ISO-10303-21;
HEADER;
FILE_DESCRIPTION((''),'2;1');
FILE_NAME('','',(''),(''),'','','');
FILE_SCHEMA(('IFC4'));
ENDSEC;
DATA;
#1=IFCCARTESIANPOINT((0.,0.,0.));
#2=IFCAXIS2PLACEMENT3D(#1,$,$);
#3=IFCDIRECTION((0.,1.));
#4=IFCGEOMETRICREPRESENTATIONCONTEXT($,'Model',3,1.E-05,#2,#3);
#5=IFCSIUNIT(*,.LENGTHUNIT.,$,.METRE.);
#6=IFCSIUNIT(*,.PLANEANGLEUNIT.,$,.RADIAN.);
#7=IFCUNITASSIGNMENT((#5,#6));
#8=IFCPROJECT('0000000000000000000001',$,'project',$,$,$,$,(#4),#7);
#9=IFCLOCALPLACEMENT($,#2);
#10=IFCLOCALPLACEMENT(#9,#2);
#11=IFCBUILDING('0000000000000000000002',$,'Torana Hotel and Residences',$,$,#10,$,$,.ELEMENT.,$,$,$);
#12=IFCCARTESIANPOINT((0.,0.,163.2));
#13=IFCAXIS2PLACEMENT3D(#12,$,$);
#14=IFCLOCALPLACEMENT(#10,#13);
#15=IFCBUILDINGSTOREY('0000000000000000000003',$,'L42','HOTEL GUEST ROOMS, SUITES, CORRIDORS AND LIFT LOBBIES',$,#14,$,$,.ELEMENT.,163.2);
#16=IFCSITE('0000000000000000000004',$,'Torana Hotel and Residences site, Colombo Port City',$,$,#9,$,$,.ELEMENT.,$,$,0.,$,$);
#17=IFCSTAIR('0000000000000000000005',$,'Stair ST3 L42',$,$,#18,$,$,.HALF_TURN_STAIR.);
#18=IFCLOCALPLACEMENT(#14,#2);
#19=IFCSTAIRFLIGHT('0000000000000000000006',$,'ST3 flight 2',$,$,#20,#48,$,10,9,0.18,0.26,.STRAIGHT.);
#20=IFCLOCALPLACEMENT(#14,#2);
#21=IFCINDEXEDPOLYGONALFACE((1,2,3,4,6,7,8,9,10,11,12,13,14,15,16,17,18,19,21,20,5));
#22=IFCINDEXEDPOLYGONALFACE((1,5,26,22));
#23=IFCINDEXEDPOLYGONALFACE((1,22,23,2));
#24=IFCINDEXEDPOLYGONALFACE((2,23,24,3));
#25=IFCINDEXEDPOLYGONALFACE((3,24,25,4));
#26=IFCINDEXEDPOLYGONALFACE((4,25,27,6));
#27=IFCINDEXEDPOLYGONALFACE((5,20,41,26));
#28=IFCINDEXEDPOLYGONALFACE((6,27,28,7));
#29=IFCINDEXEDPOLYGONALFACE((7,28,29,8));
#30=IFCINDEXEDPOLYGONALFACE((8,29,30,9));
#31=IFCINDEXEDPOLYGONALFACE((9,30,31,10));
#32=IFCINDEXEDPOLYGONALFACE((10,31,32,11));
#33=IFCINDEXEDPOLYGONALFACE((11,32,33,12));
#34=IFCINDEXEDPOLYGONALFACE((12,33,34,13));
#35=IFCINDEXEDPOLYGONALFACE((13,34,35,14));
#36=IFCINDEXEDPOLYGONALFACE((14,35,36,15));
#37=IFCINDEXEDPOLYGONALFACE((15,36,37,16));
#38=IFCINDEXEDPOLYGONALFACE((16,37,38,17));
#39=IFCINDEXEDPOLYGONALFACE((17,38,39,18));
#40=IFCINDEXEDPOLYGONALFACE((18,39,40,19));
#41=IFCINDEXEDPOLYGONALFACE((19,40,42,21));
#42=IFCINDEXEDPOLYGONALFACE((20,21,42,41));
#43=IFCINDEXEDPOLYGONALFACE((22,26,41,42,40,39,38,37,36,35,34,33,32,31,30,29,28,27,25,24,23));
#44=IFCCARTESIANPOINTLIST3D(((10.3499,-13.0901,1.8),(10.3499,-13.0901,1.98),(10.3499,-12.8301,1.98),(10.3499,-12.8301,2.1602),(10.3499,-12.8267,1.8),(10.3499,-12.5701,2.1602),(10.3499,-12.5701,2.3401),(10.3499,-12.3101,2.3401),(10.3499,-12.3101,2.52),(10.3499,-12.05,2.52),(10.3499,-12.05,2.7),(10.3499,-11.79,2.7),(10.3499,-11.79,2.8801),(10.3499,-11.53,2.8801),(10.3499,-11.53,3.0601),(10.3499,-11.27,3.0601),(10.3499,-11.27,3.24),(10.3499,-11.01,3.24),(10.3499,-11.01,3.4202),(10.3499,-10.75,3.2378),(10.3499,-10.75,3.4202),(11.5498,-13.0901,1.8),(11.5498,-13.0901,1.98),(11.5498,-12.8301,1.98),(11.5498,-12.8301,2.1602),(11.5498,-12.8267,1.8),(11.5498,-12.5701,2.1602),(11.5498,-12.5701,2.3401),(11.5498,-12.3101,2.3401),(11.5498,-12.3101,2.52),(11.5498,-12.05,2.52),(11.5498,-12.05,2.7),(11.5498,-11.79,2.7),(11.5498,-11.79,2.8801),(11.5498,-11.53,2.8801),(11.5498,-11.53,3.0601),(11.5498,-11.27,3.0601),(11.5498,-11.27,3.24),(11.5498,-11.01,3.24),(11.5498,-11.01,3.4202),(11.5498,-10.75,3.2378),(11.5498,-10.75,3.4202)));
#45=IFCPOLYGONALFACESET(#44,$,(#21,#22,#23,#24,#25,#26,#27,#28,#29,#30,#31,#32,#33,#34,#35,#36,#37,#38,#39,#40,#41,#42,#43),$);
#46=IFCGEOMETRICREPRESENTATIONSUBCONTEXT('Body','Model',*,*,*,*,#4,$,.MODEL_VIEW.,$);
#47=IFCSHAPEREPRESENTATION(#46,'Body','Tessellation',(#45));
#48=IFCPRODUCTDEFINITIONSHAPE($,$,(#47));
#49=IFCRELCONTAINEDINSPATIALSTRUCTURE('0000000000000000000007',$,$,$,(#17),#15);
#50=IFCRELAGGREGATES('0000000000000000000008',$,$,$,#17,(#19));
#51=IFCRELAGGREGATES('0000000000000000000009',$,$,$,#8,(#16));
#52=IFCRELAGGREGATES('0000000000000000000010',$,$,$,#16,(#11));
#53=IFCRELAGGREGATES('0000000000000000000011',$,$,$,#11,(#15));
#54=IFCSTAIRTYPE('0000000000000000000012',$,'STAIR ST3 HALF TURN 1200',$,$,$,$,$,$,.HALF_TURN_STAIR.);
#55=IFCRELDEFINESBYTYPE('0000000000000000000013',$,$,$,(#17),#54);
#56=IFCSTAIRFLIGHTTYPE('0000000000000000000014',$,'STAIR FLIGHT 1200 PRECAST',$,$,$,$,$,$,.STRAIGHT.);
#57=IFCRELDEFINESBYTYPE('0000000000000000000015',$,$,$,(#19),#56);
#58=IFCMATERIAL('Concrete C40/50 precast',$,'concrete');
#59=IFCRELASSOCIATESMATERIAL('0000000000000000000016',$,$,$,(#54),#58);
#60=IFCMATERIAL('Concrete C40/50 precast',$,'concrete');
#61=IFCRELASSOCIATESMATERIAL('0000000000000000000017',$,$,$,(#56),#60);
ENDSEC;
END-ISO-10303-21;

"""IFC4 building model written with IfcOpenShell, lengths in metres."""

from ifc_helpers import new_model, si_unit, direction, frame, origin, place, context, subcontext, project, spatial, polyline, outline, extrude, material, type_object, element, aggregate, save


model = new_model("IFC4")

# Units and contexts
model_context = context("Model", 3, precision=1e-05, world=origin(), true_north=direction((0.0, 1.0)))
body_context = subcontext(model_context, "Body", "Model", "MODEL_VIEW")
ifc_project = project(units=[si_unit("LENGTHUNIT", "METRE"), si_unit("PLANEANGLEUNIT", "RADIAN")], contexts=[model_context])

# Site, building, storey
site_placement = place(None, origin())
site = spatial("IfcSite", under=ifc_project, at=site_placement, Name="Torana Hotel and Residences site, Colombo Port City", CompositionType="ELEMENT", RefElevation=0.0)
building_placement = place(site_placement, origin())
building = spatial("IfcBuilding", under=site, at=building_placement, Name="Torana Hotel and Residences", CompositionType="ELEMENT")
storey_placement = place(building_placement, frame((0.0, 0.0, 163.2)))
storey = spatial("IfcBuildingStorey", under=building, at=storey_placement, Name="L42", Description="HOTEL GUEST ROOMS, SUITES, CORRIDORS AND LIFT LOBBIES", CompositionType="ELEMENT", Elevation=163.2)

# Stair, stair flight
ifc_material_1 = material(Name="Concrete C40/50 precast", Category="concrete")
stair_type = type_object("IfcStairType", Name="STAIR ST3 HALF TURN 1200", PredefinedType="HALF_TURN_STAIR", material=ifc_material_1)
stair_placement = place(storey_placement, origin())
stair = element("IfcStair", 1, at=stair_placement, inside=storey, type_object=stair_type, Name="Stair ST3 L42", PredefinedType="HALF_TURN_STAIR")
ifc_material_2 = material(Name="Concrete C40/50 precast", Category="concrete")
stair_flight_type = type_object("IfcStairFlightType", Name="STAIR FLIGHT 1200 PRECAST", PredefinedType="STRAIGHT", material=ifc_material_2)
stair_flight_1_placement = place(storey_placement, frame((10.95, -13.0901, 1.8), z_axis=(0.0, 0.0, 1.0), x_axis=(0.0, 1.0, 0.0)))
stair_flight_1 = element("IfcStairFlight", 2, at=stair_flight_1_placement, type_object=stair_flight_type, Name="ST3 flight 2", NumberOfRisers=10, NumberOfTreads=9, PredefinedType="STRAIGHT", RiserHeight=0.18, TreadLength=0.26, context=body_context, shape_type="SweptSolid", body=[
    extrude(outline(polyline([(0.0, 0.0), (0.0, 0.1799), (0.26, 0.1799), (0.26, 0.3601), (0.52, 0.3601), (0.52, 0.54), (0.78, 0.54), (0.78, 0.72), (1.04, 0.72), (1.04, 0.8999), (1.3, 0.8999), (1.3, 1.0801), (1.5601, 1.0801), (1.5601, 1.26), (1.8201, 1.26), (1.8201, 1.4399), (2.0801, 1.4399), (2.0801, 1.6201), (2.3401, 1.6201), (2.3401, 1.8), (2.3401, 1.4377), (0.2634, 0.0), (0.0, 0.0)])), frame((0.0, 0.6001, 0.0), z_axis=(0.0, -1.0, 0.0), x_axis=(1.0, 0.0, 0.0)), (0.0, 0.0, 1.0), 1.2),
])
aggregate(stair, [stair_flight_1])

save(model, "model.ifc")
